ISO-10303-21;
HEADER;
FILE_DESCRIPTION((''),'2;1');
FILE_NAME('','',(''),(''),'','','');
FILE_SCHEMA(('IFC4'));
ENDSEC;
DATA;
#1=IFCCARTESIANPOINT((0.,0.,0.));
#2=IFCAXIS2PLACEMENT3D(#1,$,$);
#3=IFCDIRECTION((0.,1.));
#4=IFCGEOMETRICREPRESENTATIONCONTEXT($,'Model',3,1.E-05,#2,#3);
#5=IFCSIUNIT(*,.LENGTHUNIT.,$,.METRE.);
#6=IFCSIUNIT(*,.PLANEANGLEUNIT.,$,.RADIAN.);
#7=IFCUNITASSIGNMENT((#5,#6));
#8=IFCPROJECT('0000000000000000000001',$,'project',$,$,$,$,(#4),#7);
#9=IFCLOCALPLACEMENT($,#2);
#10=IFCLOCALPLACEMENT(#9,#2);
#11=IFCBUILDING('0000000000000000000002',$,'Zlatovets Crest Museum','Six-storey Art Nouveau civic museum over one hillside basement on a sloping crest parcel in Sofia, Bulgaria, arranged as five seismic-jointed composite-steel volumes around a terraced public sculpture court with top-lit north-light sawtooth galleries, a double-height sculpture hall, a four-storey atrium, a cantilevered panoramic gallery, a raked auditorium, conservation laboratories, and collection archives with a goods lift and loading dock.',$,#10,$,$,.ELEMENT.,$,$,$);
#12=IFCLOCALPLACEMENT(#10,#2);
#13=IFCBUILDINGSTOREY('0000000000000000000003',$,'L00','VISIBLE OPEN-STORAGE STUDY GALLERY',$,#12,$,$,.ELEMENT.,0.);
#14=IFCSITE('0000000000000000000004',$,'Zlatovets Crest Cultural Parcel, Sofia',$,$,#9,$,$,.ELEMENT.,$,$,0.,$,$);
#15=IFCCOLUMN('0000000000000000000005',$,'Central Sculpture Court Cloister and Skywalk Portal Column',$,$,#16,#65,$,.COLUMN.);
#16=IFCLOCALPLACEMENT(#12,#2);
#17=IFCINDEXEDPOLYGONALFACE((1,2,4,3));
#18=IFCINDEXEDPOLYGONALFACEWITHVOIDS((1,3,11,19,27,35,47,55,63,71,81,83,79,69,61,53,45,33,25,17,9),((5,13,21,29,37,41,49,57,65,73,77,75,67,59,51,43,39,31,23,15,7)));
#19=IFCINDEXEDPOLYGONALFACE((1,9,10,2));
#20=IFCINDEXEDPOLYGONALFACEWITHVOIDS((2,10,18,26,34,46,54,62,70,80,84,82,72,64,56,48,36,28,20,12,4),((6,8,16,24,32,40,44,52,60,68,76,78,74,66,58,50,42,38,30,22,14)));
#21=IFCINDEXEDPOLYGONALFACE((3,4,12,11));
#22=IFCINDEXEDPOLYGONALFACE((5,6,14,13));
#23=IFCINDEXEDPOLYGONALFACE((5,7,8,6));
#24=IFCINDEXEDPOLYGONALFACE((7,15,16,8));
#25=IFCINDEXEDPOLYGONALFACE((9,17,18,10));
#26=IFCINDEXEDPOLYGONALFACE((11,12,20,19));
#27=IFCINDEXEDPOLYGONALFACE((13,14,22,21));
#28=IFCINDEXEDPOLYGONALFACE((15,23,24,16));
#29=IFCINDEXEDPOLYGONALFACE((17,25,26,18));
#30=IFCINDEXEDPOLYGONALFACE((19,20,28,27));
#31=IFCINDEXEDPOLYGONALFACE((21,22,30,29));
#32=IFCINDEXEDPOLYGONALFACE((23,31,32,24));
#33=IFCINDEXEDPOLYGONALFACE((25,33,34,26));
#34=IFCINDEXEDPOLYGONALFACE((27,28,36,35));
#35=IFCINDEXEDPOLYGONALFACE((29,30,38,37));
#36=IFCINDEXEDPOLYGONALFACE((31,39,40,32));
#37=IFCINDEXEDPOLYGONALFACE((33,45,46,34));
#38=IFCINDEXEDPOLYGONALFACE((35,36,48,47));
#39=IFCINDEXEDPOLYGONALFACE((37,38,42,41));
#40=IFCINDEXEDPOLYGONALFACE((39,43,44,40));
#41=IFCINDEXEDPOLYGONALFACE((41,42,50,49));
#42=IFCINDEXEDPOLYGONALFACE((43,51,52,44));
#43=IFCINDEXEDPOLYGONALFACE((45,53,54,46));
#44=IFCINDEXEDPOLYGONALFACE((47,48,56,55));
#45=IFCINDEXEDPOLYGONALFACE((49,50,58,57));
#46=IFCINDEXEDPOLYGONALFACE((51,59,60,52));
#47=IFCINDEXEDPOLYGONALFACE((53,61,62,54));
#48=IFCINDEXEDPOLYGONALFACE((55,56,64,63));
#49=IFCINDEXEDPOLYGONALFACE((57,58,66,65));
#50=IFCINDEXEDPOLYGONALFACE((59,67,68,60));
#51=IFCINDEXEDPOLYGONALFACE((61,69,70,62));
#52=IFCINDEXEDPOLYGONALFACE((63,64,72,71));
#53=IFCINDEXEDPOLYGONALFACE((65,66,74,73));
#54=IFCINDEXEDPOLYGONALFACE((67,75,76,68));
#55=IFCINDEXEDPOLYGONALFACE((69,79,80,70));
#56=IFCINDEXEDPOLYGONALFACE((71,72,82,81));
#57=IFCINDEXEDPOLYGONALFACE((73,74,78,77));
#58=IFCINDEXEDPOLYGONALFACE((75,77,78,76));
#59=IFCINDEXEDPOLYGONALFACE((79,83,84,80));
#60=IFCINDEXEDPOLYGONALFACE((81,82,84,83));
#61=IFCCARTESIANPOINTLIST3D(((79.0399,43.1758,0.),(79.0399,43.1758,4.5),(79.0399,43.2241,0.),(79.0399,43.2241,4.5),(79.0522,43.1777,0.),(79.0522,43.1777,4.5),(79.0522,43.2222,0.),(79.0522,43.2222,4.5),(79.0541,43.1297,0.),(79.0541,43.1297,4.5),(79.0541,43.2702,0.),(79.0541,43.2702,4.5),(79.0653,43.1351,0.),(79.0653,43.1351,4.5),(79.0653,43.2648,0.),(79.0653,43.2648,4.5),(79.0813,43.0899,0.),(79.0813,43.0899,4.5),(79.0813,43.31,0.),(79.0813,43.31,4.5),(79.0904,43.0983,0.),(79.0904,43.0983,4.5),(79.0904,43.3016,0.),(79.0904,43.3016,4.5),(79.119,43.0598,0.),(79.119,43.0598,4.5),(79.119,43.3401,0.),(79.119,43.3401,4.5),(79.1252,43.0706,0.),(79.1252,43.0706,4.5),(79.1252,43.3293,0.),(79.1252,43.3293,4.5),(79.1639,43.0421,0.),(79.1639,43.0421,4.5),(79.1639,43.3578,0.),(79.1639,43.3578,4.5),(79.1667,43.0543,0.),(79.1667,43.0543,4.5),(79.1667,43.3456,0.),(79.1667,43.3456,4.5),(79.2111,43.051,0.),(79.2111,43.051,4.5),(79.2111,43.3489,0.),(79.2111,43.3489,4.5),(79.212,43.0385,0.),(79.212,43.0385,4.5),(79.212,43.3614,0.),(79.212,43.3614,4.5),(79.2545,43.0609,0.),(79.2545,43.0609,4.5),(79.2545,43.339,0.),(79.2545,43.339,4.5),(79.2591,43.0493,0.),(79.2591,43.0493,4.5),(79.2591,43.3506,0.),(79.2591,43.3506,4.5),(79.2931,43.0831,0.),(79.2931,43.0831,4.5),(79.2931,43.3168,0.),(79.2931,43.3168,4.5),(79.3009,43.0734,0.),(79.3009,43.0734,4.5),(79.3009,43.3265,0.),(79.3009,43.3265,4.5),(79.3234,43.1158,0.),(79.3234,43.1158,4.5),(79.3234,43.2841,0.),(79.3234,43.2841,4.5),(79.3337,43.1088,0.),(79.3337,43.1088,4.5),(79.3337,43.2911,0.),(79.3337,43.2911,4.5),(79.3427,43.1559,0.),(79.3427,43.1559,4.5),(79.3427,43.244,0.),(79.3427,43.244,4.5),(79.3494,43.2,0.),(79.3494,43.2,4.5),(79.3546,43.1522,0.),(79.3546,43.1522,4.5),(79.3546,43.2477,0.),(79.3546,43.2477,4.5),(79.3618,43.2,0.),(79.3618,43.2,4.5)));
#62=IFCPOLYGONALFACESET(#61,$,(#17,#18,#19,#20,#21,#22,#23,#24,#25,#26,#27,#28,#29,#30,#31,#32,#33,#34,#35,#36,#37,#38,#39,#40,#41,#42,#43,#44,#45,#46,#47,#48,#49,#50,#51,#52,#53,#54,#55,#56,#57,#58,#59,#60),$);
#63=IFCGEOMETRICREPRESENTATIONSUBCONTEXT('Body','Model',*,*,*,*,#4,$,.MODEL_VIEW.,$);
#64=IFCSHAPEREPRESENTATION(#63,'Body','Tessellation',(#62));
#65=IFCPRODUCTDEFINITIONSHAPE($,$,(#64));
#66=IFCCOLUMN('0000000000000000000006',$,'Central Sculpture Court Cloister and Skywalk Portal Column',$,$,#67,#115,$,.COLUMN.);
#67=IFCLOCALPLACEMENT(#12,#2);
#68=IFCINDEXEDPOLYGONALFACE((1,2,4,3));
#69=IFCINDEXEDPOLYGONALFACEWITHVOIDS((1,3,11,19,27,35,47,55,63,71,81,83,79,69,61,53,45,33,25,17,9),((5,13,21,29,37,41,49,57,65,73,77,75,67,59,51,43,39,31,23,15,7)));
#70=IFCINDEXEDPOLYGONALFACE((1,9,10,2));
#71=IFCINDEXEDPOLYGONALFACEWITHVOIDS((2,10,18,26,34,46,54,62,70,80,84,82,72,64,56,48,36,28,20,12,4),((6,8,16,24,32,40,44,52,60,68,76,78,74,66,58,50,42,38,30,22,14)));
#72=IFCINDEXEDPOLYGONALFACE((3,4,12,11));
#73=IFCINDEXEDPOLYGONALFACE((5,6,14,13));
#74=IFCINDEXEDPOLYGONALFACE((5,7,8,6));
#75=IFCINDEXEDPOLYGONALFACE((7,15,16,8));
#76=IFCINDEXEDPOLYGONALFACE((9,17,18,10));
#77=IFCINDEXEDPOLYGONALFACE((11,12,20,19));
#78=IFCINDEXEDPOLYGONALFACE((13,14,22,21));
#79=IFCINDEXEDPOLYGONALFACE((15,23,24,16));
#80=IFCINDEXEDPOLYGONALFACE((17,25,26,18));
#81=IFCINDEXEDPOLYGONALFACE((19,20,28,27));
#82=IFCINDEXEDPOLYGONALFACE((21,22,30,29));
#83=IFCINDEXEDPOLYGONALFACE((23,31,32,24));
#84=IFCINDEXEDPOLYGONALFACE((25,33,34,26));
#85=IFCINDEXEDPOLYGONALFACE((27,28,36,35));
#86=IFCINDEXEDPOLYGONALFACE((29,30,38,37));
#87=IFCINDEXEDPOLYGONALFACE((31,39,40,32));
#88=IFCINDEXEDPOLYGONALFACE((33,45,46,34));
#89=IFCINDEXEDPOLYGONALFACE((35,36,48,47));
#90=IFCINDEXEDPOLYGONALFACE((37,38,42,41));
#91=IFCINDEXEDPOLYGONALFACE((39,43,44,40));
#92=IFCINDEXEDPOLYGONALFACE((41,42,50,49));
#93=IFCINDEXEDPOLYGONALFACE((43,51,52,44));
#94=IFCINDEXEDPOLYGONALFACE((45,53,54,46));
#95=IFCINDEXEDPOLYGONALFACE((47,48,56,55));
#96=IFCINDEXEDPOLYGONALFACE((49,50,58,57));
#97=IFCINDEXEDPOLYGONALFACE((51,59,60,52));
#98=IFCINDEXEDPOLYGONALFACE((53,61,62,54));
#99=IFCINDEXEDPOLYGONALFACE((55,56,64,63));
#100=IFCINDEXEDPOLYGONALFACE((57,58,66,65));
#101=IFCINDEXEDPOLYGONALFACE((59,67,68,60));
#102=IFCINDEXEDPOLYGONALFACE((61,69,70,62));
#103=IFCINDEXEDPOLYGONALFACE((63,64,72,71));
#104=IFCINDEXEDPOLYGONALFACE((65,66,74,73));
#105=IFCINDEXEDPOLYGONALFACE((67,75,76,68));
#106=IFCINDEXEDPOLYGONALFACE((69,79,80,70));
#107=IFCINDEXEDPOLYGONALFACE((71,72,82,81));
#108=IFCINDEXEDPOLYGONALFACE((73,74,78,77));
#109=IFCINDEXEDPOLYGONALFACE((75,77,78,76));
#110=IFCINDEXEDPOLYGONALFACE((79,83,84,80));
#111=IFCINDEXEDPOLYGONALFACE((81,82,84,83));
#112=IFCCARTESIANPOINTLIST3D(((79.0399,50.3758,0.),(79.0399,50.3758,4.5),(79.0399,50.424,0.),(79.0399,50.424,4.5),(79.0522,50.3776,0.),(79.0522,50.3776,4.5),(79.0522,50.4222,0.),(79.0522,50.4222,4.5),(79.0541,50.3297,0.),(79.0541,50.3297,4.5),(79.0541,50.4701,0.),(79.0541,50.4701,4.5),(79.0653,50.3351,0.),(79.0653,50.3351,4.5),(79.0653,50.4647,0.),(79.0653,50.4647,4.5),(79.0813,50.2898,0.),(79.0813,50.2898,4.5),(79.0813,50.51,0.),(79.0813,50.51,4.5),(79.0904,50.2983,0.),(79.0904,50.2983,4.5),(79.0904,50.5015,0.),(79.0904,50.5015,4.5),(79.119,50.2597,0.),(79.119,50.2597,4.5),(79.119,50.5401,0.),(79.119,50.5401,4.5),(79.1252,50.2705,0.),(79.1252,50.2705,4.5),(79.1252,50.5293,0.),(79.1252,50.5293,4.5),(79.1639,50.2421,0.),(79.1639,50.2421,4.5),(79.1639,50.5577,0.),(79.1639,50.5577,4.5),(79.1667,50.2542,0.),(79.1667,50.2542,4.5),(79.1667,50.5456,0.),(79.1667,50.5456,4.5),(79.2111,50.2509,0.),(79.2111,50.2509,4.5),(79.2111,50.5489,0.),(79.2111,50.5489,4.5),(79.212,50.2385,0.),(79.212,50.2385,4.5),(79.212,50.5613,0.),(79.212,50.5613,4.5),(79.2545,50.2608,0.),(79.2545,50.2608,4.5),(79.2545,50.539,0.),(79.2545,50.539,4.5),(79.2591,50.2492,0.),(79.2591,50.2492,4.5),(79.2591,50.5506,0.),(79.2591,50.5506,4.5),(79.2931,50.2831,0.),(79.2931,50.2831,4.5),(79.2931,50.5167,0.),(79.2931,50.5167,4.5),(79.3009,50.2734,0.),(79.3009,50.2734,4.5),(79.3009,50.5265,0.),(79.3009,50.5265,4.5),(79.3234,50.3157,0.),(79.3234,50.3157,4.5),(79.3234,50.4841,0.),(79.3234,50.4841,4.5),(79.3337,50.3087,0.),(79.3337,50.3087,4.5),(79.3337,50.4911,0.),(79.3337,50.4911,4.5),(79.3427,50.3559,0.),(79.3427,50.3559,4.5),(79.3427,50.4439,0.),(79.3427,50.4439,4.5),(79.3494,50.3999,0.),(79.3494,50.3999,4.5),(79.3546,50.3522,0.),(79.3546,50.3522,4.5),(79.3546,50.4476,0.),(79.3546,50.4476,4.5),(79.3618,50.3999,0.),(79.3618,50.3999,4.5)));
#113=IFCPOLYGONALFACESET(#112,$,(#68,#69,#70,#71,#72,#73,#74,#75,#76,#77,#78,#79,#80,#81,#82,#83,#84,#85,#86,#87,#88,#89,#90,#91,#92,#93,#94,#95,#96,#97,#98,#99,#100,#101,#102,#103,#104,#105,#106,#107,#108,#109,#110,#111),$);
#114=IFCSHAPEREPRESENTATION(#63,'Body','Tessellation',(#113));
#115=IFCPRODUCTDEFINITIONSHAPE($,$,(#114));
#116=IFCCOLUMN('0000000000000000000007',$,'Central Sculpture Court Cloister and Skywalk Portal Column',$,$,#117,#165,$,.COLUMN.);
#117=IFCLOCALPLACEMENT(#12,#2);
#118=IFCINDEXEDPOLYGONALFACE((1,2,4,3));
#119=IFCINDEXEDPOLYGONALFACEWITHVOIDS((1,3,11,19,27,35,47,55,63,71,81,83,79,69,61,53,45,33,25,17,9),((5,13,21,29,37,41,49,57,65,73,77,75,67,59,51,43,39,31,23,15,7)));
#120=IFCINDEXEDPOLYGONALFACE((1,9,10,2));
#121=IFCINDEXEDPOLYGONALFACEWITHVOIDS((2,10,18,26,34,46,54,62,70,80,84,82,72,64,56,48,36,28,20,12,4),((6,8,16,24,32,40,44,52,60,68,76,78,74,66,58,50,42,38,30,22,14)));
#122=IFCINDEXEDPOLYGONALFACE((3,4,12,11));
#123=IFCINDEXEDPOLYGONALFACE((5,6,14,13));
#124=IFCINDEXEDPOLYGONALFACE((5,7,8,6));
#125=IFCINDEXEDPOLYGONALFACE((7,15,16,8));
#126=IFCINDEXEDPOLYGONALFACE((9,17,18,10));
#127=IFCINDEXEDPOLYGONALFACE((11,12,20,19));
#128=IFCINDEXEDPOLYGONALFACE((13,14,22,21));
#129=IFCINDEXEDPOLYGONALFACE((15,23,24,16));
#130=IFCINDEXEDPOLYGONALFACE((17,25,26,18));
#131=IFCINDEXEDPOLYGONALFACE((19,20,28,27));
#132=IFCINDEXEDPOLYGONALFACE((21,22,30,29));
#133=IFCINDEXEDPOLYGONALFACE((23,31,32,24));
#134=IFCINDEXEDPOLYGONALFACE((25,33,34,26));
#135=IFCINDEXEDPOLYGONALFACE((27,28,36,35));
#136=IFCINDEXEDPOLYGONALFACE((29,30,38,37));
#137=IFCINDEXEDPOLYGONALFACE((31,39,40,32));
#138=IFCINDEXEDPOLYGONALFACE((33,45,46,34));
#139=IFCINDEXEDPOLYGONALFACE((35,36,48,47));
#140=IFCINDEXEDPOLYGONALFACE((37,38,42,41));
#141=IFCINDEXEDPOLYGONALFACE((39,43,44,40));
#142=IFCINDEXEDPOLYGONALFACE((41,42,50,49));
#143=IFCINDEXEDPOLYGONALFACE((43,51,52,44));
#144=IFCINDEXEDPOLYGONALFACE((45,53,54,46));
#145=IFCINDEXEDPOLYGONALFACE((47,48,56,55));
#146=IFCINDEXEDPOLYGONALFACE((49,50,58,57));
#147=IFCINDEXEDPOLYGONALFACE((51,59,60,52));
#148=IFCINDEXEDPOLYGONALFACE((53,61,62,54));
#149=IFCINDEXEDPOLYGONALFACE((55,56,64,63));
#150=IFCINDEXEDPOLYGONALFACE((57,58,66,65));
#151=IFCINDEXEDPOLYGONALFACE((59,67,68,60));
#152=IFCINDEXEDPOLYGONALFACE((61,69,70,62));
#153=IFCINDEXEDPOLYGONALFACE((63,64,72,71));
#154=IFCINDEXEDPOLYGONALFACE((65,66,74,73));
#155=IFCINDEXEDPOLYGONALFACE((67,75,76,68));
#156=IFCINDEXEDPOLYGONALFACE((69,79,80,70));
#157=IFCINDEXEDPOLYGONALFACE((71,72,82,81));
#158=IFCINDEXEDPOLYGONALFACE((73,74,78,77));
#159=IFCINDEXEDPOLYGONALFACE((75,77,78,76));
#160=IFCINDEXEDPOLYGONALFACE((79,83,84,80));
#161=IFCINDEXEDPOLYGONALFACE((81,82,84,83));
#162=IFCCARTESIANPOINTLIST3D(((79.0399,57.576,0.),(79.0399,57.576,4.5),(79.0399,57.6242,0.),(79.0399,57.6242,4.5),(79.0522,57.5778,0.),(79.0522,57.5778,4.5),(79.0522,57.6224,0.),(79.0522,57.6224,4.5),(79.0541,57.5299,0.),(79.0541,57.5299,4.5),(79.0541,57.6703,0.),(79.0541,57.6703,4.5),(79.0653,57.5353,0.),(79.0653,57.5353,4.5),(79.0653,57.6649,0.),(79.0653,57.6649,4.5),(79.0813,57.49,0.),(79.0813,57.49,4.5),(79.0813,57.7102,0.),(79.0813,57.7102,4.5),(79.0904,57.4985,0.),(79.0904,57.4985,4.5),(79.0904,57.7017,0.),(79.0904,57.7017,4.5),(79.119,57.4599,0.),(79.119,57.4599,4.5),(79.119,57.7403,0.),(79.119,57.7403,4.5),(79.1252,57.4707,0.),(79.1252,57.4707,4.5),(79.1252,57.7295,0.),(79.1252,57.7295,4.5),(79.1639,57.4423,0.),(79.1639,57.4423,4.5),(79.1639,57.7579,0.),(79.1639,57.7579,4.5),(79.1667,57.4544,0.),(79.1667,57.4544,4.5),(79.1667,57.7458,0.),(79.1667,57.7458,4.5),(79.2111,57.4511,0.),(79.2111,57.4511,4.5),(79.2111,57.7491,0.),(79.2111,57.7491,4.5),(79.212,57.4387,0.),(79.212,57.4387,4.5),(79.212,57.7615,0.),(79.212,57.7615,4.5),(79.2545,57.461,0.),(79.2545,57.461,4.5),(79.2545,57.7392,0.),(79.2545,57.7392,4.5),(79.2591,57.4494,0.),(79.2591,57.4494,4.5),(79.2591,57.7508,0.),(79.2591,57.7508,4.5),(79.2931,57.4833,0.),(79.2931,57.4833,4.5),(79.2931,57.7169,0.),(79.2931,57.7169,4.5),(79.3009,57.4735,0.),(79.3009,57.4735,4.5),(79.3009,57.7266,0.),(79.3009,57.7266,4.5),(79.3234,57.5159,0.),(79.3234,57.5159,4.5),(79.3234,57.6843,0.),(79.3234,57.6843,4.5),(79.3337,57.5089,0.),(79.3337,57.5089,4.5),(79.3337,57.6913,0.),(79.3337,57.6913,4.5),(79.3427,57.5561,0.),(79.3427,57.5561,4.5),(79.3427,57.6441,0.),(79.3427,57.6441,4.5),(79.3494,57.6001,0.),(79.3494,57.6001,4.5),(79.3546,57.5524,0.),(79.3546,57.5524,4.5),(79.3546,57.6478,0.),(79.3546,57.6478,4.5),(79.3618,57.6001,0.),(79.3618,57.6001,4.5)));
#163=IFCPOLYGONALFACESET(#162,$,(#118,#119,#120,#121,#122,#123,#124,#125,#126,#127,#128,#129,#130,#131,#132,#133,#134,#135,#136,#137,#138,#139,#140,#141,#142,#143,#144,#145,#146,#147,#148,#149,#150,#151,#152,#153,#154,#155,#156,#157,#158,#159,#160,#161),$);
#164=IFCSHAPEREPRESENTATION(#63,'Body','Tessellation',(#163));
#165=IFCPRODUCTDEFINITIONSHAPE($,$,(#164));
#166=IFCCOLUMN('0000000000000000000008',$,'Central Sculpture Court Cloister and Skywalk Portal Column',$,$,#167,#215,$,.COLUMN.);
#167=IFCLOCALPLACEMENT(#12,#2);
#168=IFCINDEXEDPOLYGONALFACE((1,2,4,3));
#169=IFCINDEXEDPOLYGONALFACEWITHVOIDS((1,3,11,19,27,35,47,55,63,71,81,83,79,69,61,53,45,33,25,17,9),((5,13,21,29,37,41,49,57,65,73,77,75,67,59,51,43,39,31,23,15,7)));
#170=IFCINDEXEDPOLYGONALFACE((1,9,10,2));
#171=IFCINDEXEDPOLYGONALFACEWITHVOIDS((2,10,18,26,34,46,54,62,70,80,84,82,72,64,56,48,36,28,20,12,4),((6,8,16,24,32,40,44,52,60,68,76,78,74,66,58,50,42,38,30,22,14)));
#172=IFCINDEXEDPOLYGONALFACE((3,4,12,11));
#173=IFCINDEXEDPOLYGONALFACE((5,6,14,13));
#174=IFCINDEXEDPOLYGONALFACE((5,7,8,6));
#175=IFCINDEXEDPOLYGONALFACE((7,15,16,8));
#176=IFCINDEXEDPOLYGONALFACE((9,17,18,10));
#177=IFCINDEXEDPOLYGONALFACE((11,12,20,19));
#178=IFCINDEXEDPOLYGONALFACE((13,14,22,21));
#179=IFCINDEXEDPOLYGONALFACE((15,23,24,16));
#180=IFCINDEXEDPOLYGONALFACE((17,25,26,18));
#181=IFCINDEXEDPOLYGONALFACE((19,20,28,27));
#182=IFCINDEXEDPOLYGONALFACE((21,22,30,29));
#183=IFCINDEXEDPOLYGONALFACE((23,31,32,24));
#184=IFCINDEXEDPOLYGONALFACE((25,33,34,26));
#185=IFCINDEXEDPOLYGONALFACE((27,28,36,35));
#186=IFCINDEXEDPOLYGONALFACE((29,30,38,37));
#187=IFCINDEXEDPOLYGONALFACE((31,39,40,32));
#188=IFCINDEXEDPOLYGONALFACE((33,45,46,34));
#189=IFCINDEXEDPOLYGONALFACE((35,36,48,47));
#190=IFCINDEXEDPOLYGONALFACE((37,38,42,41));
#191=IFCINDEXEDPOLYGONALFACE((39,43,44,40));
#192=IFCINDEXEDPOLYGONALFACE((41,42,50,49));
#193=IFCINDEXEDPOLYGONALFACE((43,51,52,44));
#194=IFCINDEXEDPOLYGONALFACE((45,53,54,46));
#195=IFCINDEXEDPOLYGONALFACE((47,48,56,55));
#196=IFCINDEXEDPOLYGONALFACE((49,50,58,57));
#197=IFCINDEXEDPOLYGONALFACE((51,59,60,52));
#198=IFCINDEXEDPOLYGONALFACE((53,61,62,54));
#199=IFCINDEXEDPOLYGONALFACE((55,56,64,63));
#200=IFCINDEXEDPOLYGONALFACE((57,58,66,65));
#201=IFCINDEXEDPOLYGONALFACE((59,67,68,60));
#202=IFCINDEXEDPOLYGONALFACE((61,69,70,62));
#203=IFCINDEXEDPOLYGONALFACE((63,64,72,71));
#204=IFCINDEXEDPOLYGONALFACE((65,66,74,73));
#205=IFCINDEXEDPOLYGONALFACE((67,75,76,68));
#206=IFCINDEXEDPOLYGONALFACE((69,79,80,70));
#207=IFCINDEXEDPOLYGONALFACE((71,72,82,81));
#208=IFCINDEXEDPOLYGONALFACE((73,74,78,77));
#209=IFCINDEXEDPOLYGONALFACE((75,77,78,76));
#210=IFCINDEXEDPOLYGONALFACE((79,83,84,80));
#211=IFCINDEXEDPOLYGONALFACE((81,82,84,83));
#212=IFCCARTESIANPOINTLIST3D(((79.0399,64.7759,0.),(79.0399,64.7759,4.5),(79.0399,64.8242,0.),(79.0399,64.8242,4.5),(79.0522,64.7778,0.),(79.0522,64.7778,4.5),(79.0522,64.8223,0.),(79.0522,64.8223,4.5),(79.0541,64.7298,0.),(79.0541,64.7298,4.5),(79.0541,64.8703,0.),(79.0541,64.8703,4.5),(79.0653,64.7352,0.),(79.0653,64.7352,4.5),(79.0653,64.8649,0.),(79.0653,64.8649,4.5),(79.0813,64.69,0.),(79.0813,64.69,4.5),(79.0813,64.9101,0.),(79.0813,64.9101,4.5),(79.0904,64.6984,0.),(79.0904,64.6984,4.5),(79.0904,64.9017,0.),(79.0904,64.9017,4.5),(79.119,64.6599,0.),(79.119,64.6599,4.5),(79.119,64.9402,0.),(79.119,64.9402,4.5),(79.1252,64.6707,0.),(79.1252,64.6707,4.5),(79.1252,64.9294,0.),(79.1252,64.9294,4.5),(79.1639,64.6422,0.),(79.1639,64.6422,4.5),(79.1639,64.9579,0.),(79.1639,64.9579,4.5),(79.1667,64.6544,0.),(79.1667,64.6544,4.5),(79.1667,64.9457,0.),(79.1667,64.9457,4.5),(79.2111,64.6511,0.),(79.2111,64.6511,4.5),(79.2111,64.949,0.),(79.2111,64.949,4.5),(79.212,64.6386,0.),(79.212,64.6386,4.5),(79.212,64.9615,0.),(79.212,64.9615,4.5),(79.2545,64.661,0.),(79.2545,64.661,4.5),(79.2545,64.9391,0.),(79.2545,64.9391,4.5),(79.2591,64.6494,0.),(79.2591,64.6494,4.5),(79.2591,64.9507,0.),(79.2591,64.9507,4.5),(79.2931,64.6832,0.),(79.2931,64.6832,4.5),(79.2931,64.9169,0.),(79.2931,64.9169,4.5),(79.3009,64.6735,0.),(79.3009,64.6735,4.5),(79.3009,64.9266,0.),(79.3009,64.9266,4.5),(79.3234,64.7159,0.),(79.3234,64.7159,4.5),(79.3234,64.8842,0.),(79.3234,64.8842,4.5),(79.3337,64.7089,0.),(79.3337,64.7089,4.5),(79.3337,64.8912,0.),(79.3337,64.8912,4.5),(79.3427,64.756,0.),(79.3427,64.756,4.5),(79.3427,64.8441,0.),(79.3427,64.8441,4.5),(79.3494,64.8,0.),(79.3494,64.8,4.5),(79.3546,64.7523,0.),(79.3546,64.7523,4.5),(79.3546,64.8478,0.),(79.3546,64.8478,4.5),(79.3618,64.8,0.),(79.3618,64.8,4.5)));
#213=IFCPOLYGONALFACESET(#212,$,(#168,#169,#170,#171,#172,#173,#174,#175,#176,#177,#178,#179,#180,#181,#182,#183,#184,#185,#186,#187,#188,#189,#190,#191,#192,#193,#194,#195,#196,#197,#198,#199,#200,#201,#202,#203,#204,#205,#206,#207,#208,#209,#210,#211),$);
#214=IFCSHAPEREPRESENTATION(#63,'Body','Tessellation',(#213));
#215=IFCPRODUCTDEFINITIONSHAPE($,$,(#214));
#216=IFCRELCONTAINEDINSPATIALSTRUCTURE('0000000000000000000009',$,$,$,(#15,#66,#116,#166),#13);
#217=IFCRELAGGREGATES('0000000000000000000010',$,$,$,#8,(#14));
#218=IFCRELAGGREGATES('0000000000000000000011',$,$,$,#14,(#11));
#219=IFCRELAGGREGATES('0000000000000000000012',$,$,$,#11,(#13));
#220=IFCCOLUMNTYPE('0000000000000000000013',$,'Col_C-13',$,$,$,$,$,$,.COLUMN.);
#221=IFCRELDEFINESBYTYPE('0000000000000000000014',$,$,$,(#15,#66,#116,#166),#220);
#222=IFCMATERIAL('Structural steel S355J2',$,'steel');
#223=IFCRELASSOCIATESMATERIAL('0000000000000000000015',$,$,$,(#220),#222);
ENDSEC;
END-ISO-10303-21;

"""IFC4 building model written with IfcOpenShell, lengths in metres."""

from ifc_helpers import new_model, si_unit, direction, frame, origin, origin_2d, place, context, subcontext, project, spatial, hollow_circle, extrude, material, material_profile, profile_set, type_object, element, save


model = new_model("IFC4")

# Units and contexts
model_context = context("Model", 3, precision=1e-05, world=origin(), true_north=direction((0.0, 1.0)))
body_context = subcontext(model_context, "Body", "Model", "MODEL_VIEW")
ifc_project = project(units=[si_unit("LENGTHUNIT", "METRE"), si_unit("PLANEANGLEUNIT", "RADIAN")], contexts=[model_context])

# Site, building, storey
site_placement = place(None, origin())
site = spatial("IfcSite", under=ifc_project, at=site_placement, Name="Zlatovets Crest Cultural Parcel, Sofia", CompositionType="ELEMENT", RefElevation=0.0)
building_placement = place(site_placement, origin())
building = spatial("IfcBuilding", under=site, at=building_placement, Name="Zlatovets Crest Museum", Description="Six-storey Art Nouveau civic museum over one hillside basement on a sloping crest parcel in Sofia, Bulgaria, arranged as five seismic-jointed composite-steel volumes around a terraced public sculpture court with top-lit north-light sawtooth galleries, a double-height sculpture hall, a four-storey atrium, a cantilevered panoramic gallery, a raked auditorium, conservation laboratories, and collection archives with a goods lift and loading dock.", CompositionType="ELEMENT")
storey_placement = place(building_placement, origin())
storey = spatial("IfcBuildingStorey", under=building, at=storey_placement, Name="L00", Description="VISIBLE OPEN-STORAGE STUDY GALLERY", CompositionType="ELEMENT", Elevation=0.0)

# Columns
ifc_material_1 = material(Name="Structural steel S355J2", Category="steel")
ifc_material_profile_1 = material_profile(ifc_material_1, hollow_circle(Radius=0.1619, WallThickness=0.0125, at=origin_2d()), Name="CHS 323.9x12.5")
ifc_profile_set_1 = profile_set([ifc_material_profile_1], Name="Structural steel S355J2")
column_type = type_object("IfcColumnType", Name="Col_C-13", PredefinedType="COLUMN", material=ifc_profile_set_1)
for number, where, z_axis, x_axis, name in (
    (1, (79.2, 43.2, 0.0), (0.0, 0.0, 1.0), (1.0, 0.0, 0.0), "Central Sculpture Court Cloister and Skywalk Portal Column"),
    (2, (79.2, 50.3999, 0.0), (0.0, 0.0, 1.0), (1.0, 0.0, 0.0), "Central Sculpture Court Cloister and Skywalk Portal Column"),
    (3, (79.2, 57.6001, 0.0), (0.0, 0.0, 1.0), (1.0, 0.0, 0.0), "Central Sculpture Court Cloister and Skywalk Portal Column"),
    (4, (79.2, 64.8, 0.0), (0.0, 0.0, 1.0), (1.0, 0.0, 0.0), "Central Sculpture Court Cloister and Skywalk Portal Column"),
):
    element("IfcColumn", number, at=place(storey_placement, frame(where, z_axis=z_axis, x_axis=x_axis)), inside=storey, type_object=column_type, Name=name, PredefinedType="COLUMN", context=body_context, shape_type="SweptSolid", body=[
        extrude(hollow_circle(Radius=0.1619, WallThickness=0.0125, at=origin_2d()), origin(), (0.0, 0.0, 1.0), 4.5),
    ])

save(model, "model.ifc")
